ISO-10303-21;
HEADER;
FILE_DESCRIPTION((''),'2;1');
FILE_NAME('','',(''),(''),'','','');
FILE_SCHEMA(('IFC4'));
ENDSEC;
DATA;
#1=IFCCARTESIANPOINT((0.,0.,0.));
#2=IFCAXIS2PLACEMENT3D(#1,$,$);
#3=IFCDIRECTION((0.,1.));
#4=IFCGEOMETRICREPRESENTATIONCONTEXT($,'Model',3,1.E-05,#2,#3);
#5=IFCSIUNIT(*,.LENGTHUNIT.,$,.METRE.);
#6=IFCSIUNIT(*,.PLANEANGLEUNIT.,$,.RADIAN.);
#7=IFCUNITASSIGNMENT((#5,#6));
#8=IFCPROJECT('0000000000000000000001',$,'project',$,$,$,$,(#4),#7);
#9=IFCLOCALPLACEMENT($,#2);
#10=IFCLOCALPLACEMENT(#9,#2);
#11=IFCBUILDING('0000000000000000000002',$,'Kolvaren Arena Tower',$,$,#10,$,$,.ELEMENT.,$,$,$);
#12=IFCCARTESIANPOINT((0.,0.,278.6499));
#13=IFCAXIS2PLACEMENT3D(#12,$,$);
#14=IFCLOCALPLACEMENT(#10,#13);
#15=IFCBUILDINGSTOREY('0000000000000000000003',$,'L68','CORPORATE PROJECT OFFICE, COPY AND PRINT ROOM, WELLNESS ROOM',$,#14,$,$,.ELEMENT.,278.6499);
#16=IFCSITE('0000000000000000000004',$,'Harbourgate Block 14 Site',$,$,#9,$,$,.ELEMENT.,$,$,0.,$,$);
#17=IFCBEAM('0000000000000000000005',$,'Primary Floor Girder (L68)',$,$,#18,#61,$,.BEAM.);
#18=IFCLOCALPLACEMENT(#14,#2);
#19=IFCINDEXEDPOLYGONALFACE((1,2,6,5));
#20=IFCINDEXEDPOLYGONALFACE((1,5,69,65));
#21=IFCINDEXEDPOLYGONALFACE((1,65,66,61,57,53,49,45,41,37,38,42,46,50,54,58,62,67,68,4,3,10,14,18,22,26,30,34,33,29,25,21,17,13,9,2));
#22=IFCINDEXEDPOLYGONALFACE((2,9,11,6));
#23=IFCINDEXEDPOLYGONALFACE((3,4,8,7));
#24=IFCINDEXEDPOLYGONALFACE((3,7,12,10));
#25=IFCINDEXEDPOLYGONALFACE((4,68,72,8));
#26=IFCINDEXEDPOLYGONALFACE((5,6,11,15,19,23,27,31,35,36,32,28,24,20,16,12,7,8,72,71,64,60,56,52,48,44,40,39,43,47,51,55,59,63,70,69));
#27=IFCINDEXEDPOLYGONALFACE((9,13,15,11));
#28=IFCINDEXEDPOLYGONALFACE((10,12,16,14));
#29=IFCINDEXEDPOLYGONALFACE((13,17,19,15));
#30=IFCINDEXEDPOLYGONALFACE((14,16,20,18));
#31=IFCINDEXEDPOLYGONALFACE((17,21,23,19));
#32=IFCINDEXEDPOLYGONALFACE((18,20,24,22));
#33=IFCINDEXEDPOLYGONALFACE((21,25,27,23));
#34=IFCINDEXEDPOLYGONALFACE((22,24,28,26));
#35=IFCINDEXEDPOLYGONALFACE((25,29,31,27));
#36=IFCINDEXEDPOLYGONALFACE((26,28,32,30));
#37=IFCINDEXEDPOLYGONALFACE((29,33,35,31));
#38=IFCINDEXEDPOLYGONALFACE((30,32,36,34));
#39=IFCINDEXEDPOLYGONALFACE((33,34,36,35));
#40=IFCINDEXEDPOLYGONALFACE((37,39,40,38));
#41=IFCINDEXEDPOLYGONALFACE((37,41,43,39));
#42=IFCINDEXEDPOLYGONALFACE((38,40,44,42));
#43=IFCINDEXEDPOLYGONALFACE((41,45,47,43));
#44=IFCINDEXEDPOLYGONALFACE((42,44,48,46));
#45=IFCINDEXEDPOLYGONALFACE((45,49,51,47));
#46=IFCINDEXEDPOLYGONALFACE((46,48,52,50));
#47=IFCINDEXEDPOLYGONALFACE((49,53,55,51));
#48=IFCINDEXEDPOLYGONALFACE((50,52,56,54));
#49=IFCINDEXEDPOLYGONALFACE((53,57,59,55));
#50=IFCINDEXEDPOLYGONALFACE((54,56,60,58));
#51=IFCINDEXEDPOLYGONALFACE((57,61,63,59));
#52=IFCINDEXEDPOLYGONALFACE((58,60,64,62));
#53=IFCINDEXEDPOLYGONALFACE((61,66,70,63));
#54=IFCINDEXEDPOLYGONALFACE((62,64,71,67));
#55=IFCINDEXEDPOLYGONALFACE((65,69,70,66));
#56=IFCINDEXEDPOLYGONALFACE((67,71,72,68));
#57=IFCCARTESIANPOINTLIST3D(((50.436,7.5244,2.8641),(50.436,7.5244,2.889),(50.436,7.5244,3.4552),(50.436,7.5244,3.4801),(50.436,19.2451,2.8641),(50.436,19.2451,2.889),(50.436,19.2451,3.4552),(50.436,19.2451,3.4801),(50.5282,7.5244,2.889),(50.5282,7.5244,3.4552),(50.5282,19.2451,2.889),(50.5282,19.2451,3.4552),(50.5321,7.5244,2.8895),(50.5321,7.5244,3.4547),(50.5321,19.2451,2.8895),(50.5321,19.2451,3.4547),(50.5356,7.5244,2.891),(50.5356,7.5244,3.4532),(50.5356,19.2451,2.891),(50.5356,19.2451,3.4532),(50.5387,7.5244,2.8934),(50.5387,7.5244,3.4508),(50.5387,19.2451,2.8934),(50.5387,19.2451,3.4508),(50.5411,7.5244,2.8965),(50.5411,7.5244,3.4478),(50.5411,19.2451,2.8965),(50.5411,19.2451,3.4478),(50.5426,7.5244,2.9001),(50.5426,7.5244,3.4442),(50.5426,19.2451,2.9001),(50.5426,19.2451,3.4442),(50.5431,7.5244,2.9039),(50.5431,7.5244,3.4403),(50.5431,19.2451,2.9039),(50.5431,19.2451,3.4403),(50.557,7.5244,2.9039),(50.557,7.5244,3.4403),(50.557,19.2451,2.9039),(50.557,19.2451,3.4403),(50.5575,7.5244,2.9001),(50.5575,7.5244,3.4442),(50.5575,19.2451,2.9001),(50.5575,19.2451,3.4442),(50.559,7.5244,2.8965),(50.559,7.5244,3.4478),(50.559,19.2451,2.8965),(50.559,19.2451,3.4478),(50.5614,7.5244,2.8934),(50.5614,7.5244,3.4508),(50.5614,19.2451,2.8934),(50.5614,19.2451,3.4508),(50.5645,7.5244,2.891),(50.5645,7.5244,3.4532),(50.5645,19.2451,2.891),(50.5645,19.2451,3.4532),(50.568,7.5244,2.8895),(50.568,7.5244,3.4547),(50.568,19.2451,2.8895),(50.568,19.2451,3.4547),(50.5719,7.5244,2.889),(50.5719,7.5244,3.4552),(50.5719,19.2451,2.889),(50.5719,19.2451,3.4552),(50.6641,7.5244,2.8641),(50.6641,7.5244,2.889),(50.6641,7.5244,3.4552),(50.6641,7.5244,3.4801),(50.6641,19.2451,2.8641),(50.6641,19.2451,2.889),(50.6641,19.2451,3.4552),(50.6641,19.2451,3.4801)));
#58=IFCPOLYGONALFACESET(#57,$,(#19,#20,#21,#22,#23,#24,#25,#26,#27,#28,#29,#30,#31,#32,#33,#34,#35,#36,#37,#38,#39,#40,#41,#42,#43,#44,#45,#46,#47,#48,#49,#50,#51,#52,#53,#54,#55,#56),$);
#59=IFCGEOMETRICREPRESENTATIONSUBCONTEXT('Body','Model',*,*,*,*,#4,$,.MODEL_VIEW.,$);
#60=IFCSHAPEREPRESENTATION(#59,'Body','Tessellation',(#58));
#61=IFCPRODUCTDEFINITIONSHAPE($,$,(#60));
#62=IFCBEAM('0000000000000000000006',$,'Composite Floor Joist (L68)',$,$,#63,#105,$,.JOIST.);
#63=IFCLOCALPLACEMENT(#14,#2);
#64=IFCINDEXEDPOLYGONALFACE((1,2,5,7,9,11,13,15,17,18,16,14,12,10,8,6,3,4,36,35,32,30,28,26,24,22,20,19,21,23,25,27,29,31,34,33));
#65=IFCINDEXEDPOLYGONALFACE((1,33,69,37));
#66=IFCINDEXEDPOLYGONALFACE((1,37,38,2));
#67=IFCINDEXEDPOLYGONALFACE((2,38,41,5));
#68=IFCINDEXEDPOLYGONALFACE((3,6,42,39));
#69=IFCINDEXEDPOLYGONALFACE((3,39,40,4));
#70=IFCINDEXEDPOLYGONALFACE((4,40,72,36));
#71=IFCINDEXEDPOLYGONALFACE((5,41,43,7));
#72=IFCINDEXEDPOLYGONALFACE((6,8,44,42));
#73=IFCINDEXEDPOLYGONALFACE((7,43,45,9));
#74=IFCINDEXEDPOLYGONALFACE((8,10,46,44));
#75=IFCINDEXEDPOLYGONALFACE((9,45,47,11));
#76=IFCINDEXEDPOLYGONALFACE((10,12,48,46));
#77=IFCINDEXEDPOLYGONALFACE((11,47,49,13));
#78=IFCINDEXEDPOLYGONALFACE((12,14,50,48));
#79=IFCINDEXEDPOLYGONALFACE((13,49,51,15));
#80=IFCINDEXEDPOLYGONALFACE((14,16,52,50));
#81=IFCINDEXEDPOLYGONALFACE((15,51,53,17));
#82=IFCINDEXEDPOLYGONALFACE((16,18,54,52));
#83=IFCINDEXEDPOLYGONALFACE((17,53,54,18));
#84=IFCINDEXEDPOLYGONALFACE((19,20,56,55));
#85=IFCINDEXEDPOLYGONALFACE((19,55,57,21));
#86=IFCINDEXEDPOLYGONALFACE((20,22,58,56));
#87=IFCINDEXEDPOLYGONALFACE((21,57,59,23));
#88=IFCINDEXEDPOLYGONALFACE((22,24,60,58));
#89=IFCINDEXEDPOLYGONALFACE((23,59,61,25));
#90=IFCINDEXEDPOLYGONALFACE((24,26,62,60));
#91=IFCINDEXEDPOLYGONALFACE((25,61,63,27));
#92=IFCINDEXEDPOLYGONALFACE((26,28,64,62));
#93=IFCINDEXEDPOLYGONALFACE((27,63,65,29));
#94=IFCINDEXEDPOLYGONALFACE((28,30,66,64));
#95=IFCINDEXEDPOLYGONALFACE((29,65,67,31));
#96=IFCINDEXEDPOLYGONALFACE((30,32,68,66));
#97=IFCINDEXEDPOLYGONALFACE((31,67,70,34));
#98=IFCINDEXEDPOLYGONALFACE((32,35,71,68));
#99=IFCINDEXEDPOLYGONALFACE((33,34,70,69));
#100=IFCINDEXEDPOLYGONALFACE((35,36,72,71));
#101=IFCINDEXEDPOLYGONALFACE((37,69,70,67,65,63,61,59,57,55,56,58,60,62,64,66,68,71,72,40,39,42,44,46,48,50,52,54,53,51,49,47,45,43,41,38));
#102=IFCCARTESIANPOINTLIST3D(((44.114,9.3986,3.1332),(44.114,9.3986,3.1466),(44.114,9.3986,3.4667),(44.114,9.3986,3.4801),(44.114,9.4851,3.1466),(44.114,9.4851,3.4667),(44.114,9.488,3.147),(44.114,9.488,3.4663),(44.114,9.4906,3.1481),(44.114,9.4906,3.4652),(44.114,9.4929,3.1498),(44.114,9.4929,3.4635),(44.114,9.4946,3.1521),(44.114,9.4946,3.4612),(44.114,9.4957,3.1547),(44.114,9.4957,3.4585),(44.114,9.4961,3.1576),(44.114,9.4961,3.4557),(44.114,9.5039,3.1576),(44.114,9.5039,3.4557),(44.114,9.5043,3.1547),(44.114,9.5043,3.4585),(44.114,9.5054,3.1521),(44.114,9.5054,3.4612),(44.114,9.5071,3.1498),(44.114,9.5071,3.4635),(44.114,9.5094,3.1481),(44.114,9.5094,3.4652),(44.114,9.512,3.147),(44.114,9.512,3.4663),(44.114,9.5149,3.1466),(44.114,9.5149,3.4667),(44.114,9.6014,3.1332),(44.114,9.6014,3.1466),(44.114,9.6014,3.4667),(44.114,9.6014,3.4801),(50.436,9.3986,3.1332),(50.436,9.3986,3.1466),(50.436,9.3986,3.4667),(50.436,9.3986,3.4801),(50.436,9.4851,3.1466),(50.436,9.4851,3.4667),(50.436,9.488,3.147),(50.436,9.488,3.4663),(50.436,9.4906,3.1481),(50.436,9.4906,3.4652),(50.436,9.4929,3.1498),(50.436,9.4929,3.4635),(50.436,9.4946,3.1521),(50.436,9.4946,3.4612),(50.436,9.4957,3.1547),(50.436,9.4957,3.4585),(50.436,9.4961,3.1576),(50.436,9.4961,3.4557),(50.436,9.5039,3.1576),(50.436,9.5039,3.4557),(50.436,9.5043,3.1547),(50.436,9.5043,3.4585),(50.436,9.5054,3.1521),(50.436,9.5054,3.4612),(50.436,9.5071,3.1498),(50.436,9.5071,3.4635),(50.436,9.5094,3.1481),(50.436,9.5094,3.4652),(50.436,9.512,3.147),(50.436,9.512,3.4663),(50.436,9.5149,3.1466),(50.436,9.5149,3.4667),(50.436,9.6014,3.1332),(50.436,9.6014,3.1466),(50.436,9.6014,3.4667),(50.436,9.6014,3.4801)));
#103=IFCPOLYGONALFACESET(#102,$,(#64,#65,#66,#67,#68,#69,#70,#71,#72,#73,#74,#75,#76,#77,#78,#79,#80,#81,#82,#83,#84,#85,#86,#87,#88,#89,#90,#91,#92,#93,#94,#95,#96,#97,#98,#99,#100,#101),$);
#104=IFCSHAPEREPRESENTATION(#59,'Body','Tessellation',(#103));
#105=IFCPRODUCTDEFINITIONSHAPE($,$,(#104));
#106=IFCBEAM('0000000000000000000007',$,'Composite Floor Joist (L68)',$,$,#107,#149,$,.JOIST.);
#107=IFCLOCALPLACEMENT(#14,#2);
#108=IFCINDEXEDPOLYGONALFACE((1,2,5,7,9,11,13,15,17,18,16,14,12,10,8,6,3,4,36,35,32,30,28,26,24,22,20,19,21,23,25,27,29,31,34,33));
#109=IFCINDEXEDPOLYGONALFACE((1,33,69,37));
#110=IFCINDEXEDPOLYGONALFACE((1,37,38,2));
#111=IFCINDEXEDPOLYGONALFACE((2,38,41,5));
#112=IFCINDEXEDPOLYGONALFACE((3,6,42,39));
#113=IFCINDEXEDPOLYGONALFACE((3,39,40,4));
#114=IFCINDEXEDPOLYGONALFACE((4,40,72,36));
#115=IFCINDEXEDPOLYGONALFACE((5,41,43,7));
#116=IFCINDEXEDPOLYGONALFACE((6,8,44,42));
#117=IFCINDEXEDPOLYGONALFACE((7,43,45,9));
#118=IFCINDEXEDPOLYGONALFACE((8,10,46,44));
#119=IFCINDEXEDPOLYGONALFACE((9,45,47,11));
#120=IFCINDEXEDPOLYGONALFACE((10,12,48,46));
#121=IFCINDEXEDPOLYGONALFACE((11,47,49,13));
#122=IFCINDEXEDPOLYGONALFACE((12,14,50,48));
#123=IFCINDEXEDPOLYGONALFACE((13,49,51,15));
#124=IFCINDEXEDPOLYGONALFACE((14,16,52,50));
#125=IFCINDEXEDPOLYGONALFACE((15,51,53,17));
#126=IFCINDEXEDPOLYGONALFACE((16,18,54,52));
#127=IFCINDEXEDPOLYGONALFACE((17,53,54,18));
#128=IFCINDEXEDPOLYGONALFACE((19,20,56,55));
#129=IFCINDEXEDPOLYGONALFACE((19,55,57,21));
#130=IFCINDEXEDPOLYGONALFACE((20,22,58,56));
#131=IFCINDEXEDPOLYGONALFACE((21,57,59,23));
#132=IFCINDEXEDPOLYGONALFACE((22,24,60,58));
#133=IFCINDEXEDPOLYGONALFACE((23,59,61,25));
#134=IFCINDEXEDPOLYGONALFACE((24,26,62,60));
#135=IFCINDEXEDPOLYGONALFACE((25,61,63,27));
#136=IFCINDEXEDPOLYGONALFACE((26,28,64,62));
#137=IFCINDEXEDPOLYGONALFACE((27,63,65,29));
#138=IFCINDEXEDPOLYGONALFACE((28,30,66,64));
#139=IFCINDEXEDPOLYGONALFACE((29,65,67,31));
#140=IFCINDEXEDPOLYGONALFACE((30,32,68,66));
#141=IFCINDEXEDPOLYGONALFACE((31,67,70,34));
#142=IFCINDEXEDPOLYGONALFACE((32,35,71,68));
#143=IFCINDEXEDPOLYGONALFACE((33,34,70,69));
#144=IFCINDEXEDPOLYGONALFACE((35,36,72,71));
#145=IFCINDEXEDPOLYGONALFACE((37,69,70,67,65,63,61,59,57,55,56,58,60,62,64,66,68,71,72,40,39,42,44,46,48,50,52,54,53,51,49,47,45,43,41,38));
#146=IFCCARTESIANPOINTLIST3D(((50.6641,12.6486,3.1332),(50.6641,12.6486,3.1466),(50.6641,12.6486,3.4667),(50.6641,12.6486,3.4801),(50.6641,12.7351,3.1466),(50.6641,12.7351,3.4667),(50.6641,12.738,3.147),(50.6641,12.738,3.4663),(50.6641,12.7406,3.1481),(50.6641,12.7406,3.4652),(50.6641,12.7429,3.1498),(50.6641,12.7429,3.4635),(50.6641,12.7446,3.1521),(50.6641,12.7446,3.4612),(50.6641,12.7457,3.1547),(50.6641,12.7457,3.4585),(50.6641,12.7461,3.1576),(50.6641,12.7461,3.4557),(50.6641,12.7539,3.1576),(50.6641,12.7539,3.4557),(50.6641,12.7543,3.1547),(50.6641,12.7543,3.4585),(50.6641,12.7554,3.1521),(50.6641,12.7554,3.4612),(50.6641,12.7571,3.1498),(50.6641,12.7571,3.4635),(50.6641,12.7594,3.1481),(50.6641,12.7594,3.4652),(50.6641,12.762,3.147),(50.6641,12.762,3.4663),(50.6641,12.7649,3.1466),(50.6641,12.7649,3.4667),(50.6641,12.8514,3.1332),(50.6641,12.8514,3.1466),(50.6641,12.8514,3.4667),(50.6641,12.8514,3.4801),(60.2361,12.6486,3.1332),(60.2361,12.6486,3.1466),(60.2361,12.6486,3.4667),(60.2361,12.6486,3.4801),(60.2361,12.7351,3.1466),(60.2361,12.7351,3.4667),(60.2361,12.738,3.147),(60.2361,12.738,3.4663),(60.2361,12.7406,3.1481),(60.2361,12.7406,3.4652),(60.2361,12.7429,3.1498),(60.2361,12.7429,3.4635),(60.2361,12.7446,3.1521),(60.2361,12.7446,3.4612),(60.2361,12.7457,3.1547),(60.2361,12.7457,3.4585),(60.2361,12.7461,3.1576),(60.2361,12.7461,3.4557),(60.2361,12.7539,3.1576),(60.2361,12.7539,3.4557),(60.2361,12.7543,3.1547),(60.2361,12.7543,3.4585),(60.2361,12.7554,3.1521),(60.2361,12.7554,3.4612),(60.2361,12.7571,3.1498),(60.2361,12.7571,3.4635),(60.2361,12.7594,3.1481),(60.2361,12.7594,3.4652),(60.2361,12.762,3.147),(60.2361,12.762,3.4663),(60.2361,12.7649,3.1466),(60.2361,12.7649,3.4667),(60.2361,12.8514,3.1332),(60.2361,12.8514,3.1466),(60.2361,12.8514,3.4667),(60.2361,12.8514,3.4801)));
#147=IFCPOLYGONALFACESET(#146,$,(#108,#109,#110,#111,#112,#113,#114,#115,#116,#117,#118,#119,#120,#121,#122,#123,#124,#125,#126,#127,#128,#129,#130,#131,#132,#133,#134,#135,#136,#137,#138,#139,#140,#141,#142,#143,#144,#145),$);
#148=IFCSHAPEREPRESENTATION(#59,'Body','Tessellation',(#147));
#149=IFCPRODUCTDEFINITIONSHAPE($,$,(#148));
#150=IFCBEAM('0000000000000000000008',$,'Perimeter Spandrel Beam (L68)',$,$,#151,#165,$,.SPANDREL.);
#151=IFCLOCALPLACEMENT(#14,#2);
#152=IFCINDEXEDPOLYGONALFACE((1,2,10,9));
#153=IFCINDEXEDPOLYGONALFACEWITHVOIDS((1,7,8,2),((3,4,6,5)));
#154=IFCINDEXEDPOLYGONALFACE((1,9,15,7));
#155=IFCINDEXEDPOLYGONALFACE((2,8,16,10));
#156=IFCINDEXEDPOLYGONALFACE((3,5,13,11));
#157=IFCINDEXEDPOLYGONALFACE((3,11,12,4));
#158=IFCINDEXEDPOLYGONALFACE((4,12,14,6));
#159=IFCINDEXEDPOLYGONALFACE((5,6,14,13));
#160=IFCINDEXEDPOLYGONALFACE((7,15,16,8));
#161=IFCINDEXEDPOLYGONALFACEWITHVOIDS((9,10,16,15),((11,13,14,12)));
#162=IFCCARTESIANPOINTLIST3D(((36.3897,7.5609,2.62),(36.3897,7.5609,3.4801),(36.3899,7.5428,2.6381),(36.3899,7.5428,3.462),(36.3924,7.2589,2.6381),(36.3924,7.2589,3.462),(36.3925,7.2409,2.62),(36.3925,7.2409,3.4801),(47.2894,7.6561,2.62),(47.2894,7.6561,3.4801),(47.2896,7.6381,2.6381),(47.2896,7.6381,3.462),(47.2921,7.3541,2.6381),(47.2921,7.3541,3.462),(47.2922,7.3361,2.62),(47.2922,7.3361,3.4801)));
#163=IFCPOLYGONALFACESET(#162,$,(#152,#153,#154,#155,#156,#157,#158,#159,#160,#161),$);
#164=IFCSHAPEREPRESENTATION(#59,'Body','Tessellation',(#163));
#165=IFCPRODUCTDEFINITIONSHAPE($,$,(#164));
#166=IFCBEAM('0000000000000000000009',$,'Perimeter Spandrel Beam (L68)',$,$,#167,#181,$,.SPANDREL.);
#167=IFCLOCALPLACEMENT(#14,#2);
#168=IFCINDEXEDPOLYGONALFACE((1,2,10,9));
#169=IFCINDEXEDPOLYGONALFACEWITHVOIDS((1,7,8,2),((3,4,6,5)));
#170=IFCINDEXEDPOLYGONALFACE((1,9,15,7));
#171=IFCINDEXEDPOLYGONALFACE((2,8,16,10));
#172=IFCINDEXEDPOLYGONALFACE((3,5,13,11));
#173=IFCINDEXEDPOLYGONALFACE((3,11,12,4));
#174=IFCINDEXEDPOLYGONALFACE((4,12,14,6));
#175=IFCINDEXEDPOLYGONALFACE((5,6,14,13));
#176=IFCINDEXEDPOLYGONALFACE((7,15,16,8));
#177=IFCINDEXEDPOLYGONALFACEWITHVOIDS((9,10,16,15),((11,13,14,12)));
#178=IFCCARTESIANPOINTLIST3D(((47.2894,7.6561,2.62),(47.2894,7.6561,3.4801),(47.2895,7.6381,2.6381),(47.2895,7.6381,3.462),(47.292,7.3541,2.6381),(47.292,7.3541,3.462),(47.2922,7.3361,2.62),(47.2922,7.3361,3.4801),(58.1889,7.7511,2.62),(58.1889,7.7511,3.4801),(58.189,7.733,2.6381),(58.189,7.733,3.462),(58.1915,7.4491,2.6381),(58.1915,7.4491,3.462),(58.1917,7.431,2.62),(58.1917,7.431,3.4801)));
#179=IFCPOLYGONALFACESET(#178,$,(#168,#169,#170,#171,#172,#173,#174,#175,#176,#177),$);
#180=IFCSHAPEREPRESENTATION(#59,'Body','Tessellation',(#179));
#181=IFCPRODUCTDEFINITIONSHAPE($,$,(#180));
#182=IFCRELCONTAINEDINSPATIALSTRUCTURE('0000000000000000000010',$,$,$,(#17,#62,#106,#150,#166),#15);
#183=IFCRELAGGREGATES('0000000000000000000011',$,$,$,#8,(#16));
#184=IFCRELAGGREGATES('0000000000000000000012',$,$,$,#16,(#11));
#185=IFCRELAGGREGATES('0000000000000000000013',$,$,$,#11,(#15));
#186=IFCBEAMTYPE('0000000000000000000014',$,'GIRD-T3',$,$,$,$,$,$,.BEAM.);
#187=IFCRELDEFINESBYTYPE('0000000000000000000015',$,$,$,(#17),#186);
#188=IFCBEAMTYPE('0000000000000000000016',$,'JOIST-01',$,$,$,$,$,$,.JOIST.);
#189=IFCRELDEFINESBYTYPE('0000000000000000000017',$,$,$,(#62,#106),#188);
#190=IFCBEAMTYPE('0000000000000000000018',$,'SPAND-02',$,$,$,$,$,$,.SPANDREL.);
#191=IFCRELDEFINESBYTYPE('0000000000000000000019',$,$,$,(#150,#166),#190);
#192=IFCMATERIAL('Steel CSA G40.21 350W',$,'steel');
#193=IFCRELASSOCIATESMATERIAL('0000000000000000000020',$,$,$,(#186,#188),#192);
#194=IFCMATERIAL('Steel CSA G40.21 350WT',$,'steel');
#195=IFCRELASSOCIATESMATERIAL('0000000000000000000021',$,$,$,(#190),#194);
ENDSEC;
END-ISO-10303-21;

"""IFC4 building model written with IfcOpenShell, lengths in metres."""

from ifc_helpers import new_model, si_unit, direction, frame, origin, origin_2d, place, context, subcontext, project, spatial, hollow_rectangle, i_section, extrude, material, material_profile, profile_set, type_object, element, save


model = new_model("IFC4")

# Units and contexts
model_context = context("Model", 3, precision=1e-05, world=origin(), true_north=direction((0.0, 1.0)))
body_context = subcontext(model_context, "Body", "Model", "MODEL_VIEW")
ifc_project = project(units=[si_unit("LENGTHUNIT", "METRE"), si_unit("PLANEANGLEUNIT", "RADIAN")], contexts=[model_context])

# Site, building, storey
site_placement = place(None, origin())
site = spatial("IfcSite", under=ifc_project, at=site_placement, Name="Harbourgate Block 14 Site", CompositionType="ELEMENT", RefElevation=0.0)
building_placement = place(site_placement, origin())
building = spatial("IfcBuilding", under=site, at=building_placement, Name="Kolvaren Arena Tower", CompositionType="ELEMENT")
storey_placement = place(building_placement, frame((0.0, 0.0, 278.6499)))
storey = spatial("IfcBuildingStorey", under=building, at=storey_placement, Name="L68", Description="CORPORATE PROJECT OFFICE, COPY AND PRINT ROOM, WELLNESS ROOM", CompositionType="ELEMENT", Elevation=278.6499)

# Beams
ifc_material_1 = material(Name="Steel CSA G40.21 350W", Category="steel")
ifc_material_profile_1 = material_profile(ifc_material_1, i_section(OverallWidth=0.228, OverallDepth=0.616, WebThickness=0.0139, FlangeThickness=0.0249, FilletRadius=0.0149, at=origin_2d()), Name="W610x174")
ifc_profile_set_1 = profile_set([ifc_material_profile_1], Name="Steel CSA G40.21 350W")
beam_type_1 = type_object("IfcBeamType", Name="GIRD-T3", PredefinedType="BEAM", material=ifc_profile_set_1)
beam_1_placement = place(storey_placement, frame((50.55, 7.5244, 3.1721), z_axis=(0.0, 1.0, 0.0), x_axis=(-1.0, 0.0, 0.0)))
element("IfcBeam", 1, at=beam_1_placement, inside=storey, type_object=beam_type_1, Name="Primary Floor Girder (L68)", PredefinedType="BEAM", context=body_context, shape_type="SweptSolid", body=[
    extrude(i_section(OverallWidth=0.228, OverallDepth=0.616, WebThickness=0.0139, FlangeThickness=0.0249, FilletRadius=0.0149, at=origin_2d()), origin(), (0.0, 0.0, 1.0), 11.7207),
])
ifc_material_profile_2 = material_profile(ifc_material_1, i_section(OverallWidth=0.2029, OverallDepth=0.3469, WebThickness=0.0078, FlangeThickness=0.0134, FilletRadius=0.011, at=origin_2d()), Name="W360x64")
ifc_profile_set_2 = profile_set([ifc_material_profile_2], Name="Steel CSA G40.21 350W")
beam_type_2 = type_object("IfcBeamType", Name="JOIST-01", PredefinedType="JOIST", material=ifc_profile_set_2)
beam_2_placement = place(storey_placement, frame((44.114, 9.5, 3.3066), z_axis=(1.0, 0.0, 0.0), x_axis=(0.0, 1.0, 0.0)))
element("IfcBeam", 2, at=beam_2_placement, inside=storey, type_object=beam_type_2, Name="Composite Floor Joist (L68)", PredefinedType="JOIST", context=body_context, shape_type="SweptSolid", body=[
    extrude(i_section(OverallWidth=0.2029, OverallDepth=0.3469, WebThickness=0.0078, FlangeThickness=0.0134, FilletRadius=0.011, at=origin_2d()), origin(), (0.0, 0.0, 1.0), 6.322),
])
beam_3_placement = place(storey_placement, frame((50.6641, 12.75, 3.3066), z_axis=(1.0, 0.0, 0.0), x_axis=(0.0, 1.0, 0.0)))
element("IfcBeam", 3, at=beam_3_placement, inside=storey, type_object=beam_type_2, Name="Composite Floor Joist (L68)", PredefinedType="JOIST", context=body_context, shape_type="SweptSolid", body=[
    extrude(i_section(OverallWidth=0.2029, OverallDepth=0.3469, WebThickness=0.0078, FlangeThickness=0.0134, FilletRadius=0.011, at=origin_2d()), origin(), (0.0, 0.0, 1.0), 9.572),
])
ifc_material_2 = material(Name="Steel CSA G40.21 350WT", Category="steel")
ifc_material_profile_3 = material_profile(ifc_material_2, hollow_rectangle(XDim=0.3201, YDim=0.8601, WallThickness=0.0181, at=origin_2d()), Name="HSS 860x320x18")
ifc_profile_set_3 = profile_set([ifc_material_profile_3], Name="Steel CSA G40.21 350WT")
beam_type_3 = type_object("IfcBeamType", Name="SPAND-02", PredefinedType="SPANDREL", material=ifc_profile_set_3)
beam_4_placement = place(storey_placement, frame((36.3911, 7.4009, 3.05), z_axis=(0.999962, 0.008735, 0.0), x_axis=(-0.008735, 0.999962, 0.0)))
element("IfcBeam", 4, at=beam_4_placement, inside=storey, type_object=beam_type_3, Name="Perimeter Spandrel Beam (L68)", PredefinedType="SPANDREL", context=body_context, shape_type="SweptSolid", body=[
    extrude(hollow_rectangle(XDim=0.3201, YDim=0.8601, WallThickness=0.0181, at=origin_2d()), origin(), (0.0, 0.0, 1.0), 10.9001),
])
beam_5_placement = place(storey_placement, frame((47.2908, 7.4961, 3.05), z_axis=(0.999962, 0.008713, 0.0), x_axis=(-0.008713, 0.999962, 0.0)))
element("IfcBeam", 5, at=beam_5_placement, inside=storey, type_object=beam_type_3, Name="Perimeter Spandrel Beam (L68)", PredefinedType="SPANDREL", context=body_context, shape_type="SweptSolid", body=[
    extrude(hollow_rectangle(XDim=0.3201, YDim=0.8601, WallThickness=0.0181, at=origin_2d()), origin(), (0.0, 0.0, 1.0), 10.8999),
])

save(model, "model.ifc")
